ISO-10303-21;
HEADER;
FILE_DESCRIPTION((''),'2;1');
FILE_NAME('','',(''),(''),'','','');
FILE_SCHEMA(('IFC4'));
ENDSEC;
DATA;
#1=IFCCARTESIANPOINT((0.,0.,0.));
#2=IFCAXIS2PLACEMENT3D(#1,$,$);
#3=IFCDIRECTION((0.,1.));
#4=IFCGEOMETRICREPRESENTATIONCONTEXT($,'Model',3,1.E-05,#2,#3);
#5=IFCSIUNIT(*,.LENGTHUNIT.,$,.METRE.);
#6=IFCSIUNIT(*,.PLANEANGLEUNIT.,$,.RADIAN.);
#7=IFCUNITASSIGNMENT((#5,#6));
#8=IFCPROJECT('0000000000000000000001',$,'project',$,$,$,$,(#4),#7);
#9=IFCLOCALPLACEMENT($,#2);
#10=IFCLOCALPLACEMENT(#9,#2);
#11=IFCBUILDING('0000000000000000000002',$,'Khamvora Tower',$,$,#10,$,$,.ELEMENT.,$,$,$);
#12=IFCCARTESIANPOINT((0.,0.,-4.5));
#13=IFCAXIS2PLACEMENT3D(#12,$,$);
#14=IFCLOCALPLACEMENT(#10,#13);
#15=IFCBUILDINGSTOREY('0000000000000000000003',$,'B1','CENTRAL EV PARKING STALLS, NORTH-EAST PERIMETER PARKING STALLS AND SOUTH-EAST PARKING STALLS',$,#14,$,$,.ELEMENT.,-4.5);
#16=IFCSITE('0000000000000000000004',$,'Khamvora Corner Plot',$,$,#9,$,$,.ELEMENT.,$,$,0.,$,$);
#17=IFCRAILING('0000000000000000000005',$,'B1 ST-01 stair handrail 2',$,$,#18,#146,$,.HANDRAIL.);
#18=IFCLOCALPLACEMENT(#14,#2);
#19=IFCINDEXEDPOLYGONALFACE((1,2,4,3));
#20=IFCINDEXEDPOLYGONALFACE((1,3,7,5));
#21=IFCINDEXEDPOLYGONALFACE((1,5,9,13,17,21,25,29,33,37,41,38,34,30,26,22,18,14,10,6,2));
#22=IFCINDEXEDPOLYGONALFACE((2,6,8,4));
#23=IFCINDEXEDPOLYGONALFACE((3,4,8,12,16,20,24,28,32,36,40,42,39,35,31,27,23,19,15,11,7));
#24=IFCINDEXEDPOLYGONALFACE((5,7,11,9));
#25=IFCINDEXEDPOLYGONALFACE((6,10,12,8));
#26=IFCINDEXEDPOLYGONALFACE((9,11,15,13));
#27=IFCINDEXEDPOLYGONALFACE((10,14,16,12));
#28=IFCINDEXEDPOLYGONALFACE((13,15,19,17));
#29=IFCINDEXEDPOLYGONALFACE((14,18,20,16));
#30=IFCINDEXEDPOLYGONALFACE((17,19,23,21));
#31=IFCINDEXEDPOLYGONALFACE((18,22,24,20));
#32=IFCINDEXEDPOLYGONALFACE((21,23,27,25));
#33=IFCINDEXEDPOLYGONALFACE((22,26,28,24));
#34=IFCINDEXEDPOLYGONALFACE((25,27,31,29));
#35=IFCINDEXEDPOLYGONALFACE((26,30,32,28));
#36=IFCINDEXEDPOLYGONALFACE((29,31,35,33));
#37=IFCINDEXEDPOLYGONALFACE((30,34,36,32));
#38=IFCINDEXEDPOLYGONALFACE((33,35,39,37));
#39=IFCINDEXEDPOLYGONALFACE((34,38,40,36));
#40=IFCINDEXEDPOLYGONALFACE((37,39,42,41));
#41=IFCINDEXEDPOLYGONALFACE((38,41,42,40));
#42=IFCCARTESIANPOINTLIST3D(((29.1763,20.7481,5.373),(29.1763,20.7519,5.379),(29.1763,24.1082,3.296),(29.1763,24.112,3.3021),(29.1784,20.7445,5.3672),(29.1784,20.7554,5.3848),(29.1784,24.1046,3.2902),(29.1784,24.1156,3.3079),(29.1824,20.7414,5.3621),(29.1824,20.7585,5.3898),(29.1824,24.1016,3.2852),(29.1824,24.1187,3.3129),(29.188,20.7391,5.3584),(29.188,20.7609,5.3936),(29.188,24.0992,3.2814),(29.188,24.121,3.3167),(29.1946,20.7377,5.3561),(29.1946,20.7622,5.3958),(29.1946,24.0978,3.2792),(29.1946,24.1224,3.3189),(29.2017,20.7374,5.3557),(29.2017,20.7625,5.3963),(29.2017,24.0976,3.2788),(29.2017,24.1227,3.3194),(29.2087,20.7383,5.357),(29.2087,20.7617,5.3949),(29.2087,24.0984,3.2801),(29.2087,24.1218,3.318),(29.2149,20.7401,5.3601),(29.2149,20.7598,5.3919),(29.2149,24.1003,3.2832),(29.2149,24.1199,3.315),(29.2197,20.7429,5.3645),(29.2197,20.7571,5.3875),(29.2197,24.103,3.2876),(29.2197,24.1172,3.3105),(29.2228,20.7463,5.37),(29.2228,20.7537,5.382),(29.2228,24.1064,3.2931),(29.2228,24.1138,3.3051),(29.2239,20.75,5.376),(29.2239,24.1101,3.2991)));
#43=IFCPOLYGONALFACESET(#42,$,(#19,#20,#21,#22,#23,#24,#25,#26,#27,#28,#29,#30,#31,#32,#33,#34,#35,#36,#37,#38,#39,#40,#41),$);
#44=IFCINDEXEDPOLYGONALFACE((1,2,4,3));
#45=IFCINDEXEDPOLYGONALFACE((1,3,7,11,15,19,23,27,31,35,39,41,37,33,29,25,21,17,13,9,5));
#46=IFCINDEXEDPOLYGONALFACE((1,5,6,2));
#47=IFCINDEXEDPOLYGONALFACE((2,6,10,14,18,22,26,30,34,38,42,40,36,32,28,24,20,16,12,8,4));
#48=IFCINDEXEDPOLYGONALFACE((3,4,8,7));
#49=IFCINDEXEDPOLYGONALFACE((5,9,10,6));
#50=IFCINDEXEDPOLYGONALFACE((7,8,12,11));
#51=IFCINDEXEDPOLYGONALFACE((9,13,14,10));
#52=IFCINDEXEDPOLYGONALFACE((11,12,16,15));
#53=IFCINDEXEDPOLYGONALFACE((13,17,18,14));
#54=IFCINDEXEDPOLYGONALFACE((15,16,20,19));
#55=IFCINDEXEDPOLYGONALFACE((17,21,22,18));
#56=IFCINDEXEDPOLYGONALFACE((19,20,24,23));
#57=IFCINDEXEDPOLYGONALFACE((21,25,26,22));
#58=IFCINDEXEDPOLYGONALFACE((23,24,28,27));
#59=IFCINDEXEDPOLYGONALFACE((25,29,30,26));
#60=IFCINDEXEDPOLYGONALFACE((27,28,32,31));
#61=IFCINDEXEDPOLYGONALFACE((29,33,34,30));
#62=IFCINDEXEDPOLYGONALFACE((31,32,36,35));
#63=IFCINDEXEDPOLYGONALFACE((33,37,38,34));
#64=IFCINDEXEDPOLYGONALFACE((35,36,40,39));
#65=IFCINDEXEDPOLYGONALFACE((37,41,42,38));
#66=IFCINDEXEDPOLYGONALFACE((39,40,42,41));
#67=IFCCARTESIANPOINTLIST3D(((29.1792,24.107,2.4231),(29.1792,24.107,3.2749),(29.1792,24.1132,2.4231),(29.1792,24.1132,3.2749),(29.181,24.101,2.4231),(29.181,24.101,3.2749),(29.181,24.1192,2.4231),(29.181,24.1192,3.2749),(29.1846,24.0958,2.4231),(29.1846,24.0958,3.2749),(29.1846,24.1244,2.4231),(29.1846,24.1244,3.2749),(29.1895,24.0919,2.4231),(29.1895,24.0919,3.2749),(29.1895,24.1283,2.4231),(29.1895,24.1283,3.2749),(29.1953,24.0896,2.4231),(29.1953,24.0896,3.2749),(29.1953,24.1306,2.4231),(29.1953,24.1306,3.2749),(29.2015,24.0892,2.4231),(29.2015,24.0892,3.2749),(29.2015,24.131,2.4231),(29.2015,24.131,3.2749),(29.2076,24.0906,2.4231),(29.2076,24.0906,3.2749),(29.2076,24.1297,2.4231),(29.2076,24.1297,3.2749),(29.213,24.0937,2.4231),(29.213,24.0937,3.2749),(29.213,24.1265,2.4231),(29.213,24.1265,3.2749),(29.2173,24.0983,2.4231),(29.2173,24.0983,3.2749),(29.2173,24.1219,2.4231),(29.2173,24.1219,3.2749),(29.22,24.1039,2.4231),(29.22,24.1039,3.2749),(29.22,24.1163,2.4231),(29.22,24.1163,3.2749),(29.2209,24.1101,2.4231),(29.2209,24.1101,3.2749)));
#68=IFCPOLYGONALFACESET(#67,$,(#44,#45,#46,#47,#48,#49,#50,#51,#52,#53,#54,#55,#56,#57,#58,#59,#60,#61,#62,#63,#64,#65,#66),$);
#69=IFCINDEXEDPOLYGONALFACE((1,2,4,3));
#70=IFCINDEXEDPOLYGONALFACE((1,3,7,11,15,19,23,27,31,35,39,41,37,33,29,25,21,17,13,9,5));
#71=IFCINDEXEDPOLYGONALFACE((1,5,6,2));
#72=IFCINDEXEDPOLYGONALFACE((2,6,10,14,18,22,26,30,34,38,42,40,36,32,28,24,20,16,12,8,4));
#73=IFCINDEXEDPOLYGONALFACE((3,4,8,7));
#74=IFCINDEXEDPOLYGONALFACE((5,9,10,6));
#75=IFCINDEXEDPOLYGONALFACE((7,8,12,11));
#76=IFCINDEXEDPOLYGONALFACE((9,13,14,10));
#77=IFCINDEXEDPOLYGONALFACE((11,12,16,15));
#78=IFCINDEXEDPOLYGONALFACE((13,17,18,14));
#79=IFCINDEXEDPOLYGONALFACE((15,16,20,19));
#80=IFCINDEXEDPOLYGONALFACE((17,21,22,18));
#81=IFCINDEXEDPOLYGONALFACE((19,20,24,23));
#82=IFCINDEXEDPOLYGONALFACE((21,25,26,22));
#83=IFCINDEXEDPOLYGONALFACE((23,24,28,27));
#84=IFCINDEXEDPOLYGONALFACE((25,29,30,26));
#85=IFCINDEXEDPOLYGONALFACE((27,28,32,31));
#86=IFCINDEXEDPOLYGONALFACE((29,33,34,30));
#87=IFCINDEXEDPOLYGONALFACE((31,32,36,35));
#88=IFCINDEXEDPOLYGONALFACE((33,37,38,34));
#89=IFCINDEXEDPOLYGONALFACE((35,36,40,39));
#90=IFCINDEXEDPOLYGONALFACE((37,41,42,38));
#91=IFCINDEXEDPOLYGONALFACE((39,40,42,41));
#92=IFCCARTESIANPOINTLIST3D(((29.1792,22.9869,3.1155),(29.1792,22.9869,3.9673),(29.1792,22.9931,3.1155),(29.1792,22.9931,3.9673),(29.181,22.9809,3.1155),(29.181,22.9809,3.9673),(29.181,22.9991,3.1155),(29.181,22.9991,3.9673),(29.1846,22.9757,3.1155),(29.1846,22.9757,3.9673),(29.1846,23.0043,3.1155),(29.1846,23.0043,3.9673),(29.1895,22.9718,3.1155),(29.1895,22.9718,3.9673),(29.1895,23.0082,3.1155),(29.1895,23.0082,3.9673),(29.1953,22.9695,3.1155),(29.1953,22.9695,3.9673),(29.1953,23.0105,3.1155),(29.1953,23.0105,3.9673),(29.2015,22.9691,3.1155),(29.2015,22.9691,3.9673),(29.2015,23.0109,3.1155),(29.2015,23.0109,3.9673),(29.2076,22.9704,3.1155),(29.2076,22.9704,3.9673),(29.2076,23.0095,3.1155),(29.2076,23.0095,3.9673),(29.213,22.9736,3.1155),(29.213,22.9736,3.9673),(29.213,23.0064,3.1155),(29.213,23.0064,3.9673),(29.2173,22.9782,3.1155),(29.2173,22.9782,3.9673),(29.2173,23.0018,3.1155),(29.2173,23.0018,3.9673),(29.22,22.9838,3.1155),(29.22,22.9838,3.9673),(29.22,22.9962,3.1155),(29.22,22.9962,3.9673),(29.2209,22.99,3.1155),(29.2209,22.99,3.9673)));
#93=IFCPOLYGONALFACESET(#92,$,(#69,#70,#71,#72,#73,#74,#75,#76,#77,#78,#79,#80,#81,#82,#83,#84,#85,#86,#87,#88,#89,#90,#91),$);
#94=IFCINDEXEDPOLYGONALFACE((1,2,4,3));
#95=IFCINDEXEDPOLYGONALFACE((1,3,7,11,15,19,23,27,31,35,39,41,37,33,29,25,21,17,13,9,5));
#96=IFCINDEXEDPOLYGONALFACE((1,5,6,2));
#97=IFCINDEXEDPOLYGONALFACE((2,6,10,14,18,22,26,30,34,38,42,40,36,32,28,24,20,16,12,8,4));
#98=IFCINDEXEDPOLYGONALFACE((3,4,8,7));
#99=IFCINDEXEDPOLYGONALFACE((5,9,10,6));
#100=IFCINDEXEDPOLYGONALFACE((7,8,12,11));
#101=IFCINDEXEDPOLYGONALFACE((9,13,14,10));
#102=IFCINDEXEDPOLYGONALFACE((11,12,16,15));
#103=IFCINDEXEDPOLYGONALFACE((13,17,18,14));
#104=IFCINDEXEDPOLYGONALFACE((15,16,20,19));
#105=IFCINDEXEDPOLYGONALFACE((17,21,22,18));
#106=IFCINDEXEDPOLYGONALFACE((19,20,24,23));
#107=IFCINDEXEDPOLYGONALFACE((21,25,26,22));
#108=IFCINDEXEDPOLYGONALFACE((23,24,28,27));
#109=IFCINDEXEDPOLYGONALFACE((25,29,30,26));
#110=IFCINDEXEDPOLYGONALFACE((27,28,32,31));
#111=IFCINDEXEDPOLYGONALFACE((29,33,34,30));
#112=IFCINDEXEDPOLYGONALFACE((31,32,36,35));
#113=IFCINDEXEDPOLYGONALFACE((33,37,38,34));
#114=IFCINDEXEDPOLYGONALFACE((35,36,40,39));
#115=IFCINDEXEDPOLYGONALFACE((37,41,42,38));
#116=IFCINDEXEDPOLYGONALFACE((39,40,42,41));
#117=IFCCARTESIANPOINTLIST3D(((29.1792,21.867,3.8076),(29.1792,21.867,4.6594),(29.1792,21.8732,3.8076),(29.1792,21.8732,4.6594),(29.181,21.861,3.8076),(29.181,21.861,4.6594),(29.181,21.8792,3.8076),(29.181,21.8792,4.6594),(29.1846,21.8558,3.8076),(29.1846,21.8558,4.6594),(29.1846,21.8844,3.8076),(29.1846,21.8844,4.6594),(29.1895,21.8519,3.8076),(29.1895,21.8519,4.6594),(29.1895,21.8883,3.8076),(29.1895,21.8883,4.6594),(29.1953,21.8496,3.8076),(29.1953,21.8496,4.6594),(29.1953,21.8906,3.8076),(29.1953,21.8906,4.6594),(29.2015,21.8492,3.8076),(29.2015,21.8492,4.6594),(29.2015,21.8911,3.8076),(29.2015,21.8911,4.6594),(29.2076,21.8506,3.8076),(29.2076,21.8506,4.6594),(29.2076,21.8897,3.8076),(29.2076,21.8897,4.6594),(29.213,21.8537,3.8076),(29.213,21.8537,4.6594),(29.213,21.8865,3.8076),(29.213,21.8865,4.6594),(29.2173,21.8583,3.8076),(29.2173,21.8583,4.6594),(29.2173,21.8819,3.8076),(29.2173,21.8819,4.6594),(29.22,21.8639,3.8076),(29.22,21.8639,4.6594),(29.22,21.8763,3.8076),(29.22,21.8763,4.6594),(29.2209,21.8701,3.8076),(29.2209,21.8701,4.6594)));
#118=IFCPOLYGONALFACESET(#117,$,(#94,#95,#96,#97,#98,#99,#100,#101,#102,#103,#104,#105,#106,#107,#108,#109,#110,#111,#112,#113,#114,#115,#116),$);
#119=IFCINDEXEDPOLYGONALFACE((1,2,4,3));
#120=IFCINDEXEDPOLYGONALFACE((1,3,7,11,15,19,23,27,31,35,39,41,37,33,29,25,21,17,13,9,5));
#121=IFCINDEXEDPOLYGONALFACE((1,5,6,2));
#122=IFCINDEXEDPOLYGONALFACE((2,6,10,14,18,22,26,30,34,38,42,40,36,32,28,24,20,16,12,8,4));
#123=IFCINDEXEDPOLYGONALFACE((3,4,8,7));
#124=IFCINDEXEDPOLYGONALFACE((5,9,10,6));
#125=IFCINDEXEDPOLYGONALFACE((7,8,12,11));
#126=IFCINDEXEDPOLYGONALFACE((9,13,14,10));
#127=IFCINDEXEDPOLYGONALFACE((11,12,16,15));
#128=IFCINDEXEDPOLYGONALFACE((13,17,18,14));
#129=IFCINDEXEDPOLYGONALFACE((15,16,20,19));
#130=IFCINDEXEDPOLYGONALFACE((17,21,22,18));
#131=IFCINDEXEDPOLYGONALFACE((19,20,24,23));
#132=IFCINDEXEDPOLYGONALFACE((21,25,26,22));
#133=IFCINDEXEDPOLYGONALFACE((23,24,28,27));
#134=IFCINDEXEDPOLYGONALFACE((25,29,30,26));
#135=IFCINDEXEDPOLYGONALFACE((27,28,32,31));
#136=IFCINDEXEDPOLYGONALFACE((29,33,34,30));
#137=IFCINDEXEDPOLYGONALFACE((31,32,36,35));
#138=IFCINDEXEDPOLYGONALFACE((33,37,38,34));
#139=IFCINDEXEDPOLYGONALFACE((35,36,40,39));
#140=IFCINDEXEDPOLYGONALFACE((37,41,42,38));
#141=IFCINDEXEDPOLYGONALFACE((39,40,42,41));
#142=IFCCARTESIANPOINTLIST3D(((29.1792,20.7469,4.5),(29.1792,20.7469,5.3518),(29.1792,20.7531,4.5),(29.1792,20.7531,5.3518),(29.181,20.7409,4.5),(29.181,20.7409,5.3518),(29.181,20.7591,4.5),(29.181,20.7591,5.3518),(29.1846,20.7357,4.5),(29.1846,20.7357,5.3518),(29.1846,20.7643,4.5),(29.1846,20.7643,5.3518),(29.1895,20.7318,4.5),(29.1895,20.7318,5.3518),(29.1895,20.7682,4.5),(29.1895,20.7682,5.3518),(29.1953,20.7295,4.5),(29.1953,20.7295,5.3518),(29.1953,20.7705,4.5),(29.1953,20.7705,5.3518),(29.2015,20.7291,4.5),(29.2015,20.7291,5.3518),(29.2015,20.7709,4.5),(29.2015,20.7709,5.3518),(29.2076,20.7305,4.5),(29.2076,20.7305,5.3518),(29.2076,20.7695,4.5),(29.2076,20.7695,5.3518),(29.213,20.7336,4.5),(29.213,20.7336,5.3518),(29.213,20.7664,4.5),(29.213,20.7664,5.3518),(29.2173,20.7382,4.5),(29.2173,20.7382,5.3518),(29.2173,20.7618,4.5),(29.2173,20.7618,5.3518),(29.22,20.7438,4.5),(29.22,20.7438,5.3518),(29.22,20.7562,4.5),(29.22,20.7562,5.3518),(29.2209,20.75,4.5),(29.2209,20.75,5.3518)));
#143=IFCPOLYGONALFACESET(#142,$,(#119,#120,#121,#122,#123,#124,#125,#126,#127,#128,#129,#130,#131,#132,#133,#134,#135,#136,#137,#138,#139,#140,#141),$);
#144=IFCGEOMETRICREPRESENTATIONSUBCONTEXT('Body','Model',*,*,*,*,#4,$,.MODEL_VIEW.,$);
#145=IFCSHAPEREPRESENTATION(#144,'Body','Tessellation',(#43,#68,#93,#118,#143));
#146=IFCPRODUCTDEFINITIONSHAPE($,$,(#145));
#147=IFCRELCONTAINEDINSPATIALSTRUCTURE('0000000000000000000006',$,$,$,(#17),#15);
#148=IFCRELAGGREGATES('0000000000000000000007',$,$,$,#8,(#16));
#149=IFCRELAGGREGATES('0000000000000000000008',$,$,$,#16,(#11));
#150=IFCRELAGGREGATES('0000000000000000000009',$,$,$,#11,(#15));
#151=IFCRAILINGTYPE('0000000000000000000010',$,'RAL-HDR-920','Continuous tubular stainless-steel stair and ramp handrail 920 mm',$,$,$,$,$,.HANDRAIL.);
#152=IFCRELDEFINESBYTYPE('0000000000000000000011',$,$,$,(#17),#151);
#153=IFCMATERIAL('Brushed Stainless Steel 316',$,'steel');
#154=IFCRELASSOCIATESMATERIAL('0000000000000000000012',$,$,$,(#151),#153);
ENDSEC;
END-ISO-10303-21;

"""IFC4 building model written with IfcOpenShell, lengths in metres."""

from ifc_helpers import new_model, si_unit, direction, frame, origin, origin_2d, place, context, subcontext, project, spatial, circle, extrude, material, type_object, element, save


model = new_model("IFC4")

# Units and contexts
model_context = context("Model", 3, precision=1e-05, world=origin(), true_north=direction((0.0, 1.0)))
body_context = subcontext(model_context, "Body", "Model", "MODEL_VIEW")
ifc_project = project(units=[si_unit("LENGTHUNIT", "METRE"), si_unit("PLANEANGLEUNIT", "RADIAN")], contexts=[model_context])

# Site, building, storey
site_placement = place(None, origin())
site = spatial("IfcSite", under=ifc_project, at=site_placement, Name="Khamvora Corner Plot", CompositionType="ELEMENT", RefElevation=0.0)
building_placement = place(site_placement, origin())
building = spatial("IfcBuilding", under=site, at=building_placement, Name="Khamvora Tower", CompositionType="ELEMENT")
storey_placement = place(building_placement, frame((0.0, 0.0, -4.5)))
storey = spatial("IfcBuildingStorey", under=building, at=storey_placement, Name="B1", Description="CENTRAL EV PARKING STALLS, NORTH-EAST PERIMETER PARKING STALLS AND SOUTH-EAST PARKING STALLS", CompositionType="ELEMENT", Elevation=-4.5)

# Railing
ifc_material_1 = material(Name="Brushed Stainless Steel 316", Category="steel")
railing_type_1 = type_object("IfcRailingType", Name="RAL-HDR-920", Description="Continuous tubular stainless-steel stair and ramp handrail 920 mm", PredefinedType="HANDRAIL", material=ifc_material_1)
railing_1_placement = place(storey_placement, frame((29.2, 24.1101, 2.4231)))
element("IfcRailing", 1, at=railing_1_placement, inside=storey, type_object=railing_type_1, Name="B1 ST-01 stair handrail 2", PredefinedType="HANDRAIL", context=body_context, shape_type="SweptSolid", body=[
    extrude(circle(Radius=0.0239, at=origin_2d()), frame((0.0, 0.0, 0.876), z_axis=(0.0, -0.850623, 0.525776), x_axis=(1.0, 0.0, 0.0)), (0.0, 0.0, 1.0), 3.9502),
    extrude(circle(Radius=0.021, at=origin_2d()), origin(), (0.0, 0.0, 1.0), 0.8518),
    extrude(circle(Radius=0.021, at=origin_2d()), frame((0.0, -1.1201, 0.6924)), (0.0, 0.0, 1.0), 0.8518),
    extrude(circle(Radius=0.021, at=origin_2d()), frame((0.0, -2.24, 1.3845)), (0.0, 0.0, 1.0), 0.8518),
    extrude(circle(Radius=0.021, at=origin_2d()), frame((0.0, -3.3601, 2.0769)), (0.0, 0.0, 1.0), 0.8518),
])

save(model, "model.ifc")
